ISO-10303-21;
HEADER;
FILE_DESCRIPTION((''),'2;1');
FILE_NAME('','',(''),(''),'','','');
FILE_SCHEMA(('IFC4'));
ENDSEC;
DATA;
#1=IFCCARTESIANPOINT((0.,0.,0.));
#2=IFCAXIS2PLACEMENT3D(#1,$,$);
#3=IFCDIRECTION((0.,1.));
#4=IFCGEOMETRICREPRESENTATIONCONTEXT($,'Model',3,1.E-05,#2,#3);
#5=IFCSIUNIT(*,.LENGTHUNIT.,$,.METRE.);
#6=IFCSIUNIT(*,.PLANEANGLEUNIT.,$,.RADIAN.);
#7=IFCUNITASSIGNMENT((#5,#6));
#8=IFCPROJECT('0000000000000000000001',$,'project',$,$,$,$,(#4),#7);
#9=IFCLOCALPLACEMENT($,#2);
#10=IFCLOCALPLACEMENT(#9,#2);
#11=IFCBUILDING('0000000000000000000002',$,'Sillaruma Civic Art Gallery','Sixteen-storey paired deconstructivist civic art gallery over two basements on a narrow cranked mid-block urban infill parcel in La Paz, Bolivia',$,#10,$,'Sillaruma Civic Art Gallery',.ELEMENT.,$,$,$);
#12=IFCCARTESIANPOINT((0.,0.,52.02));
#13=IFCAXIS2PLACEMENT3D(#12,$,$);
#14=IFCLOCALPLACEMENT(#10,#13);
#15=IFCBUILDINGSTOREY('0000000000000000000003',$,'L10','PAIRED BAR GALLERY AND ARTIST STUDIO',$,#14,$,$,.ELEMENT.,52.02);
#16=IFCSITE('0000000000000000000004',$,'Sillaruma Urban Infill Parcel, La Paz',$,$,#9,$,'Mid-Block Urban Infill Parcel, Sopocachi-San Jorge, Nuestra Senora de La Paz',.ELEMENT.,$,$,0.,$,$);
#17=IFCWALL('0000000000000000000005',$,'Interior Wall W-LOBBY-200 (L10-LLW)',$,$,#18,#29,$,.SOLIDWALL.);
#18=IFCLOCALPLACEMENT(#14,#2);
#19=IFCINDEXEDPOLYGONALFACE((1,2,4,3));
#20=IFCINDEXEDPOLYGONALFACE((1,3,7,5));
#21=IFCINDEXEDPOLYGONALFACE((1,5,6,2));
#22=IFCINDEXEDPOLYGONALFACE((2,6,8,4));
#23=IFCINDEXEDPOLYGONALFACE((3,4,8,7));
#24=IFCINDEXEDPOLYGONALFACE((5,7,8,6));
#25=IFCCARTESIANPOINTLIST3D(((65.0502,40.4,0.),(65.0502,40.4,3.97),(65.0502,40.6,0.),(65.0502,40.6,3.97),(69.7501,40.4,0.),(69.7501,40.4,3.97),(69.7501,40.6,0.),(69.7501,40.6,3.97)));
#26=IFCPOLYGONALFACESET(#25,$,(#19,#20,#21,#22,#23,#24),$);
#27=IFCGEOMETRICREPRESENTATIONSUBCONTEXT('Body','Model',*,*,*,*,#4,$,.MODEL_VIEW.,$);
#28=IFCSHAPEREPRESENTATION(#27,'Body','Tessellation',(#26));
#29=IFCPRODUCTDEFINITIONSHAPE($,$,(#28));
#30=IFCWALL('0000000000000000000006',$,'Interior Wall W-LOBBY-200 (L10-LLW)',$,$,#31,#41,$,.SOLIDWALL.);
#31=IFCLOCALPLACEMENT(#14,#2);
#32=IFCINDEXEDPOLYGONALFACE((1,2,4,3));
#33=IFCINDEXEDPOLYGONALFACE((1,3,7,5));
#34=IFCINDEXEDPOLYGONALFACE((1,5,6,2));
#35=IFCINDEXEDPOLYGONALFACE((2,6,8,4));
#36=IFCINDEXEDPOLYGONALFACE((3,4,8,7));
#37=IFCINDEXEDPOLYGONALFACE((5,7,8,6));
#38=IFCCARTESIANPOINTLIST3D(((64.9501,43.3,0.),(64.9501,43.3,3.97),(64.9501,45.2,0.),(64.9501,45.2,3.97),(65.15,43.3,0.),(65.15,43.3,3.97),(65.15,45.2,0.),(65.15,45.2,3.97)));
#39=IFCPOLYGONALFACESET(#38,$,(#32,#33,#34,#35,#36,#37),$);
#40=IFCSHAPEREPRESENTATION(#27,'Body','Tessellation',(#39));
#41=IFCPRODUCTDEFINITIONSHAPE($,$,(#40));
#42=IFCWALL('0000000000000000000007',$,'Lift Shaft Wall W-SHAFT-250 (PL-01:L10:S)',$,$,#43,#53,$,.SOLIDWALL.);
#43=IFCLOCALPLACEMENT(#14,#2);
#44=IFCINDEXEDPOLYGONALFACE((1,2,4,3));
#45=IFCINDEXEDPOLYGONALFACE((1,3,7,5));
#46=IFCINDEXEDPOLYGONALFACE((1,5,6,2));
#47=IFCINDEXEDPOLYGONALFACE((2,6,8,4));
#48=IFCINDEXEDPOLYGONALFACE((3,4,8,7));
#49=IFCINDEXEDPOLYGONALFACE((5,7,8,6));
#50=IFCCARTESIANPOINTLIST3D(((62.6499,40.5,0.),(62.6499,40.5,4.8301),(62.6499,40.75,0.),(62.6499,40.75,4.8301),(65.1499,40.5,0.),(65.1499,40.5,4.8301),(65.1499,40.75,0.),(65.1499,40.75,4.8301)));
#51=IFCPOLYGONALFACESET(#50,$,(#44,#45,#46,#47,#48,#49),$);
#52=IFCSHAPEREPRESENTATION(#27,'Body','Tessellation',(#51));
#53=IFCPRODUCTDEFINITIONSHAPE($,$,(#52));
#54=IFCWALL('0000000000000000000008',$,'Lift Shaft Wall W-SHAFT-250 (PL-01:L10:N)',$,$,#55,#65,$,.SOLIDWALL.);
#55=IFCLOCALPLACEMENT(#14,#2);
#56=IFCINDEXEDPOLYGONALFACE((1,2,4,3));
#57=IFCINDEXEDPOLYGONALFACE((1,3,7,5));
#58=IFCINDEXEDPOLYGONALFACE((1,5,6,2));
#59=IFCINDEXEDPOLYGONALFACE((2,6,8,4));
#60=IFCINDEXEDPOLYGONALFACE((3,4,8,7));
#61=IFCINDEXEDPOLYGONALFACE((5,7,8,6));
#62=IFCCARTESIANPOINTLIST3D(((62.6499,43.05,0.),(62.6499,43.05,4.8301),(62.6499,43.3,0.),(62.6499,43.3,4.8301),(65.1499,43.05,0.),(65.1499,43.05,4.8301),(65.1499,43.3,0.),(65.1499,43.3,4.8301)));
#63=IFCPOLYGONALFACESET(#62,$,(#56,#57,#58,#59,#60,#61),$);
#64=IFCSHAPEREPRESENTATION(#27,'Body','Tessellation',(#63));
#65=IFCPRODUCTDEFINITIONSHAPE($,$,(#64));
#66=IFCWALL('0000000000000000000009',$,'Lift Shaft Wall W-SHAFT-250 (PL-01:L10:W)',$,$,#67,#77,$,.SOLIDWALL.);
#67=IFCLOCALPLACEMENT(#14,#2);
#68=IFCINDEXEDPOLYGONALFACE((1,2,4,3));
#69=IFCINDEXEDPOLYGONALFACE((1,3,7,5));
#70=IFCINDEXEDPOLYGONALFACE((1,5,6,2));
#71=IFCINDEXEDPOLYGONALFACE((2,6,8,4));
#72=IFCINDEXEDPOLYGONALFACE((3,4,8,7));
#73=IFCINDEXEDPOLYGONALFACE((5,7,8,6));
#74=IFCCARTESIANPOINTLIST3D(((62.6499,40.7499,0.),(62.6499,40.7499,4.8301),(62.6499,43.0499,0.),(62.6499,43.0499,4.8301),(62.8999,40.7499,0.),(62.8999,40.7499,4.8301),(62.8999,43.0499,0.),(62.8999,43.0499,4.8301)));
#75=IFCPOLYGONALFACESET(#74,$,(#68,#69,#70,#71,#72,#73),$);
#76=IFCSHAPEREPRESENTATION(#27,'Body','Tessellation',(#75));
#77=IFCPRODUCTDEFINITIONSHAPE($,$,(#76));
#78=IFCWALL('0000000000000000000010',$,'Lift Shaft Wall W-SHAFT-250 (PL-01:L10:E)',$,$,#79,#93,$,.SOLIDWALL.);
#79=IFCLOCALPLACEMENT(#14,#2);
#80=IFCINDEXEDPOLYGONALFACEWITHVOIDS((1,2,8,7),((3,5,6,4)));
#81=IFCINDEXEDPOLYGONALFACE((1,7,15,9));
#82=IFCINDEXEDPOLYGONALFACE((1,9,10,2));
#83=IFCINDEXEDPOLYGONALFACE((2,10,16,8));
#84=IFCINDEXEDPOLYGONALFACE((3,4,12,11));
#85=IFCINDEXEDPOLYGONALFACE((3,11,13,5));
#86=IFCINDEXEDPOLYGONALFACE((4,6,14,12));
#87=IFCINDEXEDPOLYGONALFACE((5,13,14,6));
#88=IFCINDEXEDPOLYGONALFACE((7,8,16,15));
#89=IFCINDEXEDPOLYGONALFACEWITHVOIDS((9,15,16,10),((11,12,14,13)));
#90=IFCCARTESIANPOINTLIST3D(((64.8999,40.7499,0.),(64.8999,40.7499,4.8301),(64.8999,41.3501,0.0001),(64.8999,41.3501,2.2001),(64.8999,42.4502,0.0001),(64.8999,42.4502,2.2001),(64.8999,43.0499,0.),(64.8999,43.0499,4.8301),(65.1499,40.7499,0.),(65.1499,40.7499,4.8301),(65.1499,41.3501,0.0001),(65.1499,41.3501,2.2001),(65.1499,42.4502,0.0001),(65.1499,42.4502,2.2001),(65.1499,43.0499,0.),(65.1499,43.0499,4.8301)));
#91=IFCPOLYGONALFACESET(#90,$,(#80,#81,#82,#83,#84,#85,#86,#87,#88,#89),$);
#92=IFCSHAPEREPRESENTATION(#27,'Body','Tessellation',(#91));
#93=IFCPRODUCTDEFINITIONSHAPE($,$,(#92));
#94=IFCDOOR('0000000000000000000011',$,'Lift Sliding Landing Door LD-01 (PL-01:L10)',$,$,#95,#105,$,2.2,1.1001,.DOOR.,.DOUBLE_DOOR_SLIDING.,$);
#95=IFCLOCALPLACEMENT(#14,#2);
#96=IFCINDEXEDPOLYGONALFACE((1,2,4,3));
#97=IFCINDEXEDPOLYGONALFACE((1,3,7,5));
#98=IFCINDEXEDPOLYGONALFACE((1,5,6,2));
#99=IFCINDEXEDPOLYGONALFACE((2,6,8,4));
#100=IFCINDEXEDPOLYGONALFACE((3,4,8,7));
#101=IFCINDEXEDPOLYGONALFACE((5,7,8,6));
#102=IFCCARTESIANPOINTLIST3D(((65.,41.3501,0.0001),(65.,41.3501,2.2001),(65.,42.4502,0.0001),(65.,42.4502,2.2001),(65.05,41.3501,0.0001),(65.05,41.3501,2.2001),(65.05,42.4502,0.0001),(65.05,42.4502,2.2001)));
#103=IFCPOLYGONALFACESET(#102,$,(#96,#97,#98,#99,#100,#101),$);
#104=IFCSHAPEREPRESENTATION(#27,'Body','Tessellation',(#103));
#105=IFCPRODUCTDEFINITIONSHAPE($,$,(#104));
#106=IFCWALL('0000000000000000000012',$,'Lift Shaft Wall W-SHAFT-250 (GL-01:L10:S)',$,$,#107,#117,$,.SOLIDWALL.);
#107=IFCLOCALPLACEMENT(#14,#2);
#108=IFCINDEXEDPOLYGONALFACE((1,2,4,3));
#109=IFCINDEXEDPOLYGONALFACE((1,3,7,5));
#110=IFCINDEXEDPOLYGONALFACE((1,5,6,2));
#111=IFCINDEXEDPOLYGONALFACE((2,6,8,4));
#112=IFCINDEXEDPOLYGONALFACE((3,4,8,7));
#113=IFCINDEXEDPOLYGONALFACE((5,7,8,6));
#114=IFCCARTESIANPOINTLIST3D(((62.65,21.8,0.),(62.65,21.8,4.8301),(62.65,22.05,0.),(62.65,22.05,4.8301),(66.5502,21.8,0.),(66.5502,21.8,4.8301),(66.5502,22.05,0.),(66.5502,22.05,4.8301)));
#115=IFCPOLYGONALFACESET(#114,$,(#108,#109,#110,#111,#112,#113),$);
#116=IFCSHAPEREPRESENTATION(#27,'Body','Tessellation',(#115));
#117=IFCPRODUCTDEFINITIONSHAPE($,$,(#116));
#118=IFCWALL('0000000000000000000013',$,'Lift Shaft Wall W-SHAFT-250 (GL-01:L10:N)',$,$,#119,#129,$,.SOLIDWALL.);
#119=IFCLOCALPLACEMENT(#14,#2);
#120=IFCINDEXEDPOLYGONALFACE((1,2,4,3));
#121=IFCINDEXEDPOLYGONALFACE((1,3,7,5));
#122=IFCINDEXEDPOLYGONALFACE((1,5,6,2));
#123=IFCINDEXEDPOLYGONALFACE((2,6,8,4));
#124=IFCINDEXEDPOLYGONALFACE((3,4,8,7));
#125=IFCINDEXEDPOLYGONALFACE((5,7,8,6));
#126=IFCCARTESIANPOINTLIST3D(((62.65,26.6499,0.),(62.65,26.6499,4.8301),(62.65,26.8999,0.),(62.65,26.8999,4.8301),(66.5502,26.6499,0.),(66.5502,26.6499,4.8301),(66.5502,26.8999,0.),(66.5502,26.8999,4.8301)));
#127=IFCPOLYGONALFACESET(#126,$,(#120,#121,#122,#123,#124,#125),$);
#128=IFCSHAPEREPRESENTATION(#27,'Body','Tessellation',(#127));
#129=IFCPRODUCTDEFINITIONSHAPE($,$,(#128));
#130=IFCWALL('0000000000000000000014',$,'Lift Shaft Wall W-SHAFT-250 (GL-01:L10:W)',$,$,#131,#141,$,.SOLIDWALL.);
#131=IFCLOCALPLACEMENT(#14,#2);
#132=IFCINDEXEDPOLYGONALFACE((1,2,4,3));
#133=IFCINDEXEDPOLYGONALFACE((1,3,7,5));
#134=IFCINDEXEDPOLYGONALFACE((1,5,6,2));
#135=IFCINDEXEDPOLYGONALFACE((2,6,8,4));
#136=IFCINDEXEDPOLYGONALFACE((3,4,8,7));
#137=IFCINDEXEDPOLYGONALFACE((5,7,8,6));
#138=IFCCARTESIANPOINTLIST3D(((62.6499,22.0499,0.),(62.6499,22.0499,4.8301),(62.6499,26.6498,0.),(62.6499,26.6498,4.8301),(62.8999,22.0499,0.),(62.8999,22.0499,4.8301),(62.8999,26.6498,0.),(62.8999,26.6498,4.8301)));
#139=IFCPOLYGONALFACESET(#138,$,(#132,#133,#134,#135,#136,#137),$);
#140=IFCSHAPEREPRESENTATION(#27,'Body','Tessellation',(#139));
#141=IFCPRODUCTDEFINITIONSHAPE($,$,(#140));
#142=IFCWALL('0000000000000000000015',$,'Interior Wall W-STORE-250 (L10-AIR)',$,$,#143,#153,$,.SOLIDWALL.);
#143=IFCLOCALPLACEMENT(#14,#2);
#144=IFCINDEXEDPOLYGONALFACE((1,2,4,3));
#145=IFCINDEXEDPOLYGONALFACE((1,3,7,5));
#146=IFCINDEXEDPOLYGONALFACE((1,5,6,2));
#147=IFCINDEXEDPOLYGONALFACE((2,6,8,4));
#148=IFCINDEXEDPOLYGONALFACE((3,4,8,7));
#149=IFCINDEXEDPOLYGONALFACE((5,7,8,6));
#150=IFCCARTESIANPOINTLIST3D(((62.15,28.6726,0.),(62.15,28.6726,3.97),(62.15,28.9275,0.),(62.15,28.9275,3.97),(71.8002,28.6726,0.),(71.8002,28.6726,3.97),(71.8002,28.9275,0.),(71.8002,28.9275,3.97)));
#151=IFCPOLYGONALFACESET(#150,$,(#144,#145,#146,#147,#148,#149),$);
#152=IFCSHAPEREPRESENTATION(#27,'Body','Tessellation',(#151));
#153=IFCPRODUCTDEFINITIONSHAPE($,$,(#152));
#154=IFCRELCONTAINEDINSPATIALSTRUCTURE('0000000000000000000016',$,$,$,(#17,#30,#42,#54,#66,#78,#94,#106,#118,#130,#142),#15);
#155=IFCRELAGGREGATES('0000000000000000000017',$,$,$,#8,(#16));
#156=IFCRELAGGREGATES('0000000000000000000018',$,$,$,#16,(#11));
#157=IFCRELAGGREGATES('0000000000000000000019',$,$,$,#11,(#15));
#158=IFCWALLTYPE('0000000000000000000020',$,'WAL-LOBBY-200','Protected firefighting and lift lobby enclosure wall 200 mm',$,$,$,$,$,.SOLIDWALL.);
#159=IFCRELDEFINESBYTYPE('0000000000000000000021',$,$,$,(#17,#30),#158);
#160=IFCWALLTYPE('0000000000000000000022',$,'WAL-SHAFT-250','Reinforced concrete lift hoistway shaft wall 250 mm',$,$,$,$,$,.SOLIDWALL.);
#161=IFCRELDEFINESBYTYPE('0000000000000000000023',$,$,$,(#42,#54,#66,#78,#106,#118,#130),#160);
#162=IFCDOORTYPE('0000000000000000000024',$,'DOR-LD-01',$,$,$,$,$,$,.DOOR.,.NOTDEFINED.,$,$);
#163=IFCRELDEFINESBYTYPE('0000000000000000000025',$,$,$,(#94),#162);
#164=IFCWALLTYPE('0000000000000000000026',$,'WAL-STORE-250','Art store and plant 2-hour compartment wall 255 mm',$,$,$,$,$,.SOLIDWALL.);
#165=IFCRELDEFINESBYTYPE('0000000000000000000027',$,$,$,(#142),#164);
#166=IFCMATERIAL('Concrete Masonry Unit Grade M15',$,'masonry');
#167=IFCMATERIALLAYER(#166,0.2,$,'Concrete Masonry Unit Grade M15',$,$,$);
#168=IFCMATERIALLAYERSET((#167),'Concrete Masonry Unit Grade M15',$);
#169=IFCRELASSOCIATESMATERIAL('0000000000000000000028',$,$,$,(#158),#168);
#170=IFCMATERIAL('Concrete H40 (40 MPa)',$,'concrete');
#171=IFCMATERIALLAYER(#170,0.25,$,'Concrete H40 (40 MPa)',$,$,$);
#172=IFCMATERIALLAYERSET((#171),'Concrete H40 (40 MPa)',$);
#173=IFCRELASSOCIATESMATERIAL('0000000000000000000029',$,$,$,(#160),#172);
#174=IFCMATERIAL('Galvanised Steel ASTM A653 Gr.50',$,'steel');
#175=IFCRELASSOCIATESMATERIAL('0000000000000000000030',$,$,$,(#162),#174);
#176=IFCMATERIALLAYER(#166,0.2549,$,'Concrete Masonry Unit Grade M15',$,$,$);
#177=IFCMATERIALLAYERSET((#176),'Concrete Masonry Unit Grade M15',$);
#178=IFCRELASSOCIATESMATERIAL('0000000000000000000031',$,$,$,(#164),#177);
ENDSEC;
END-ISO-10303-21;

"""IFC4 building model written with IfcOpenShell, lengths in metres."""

from ifc_helpers import new_model, si_unit, direction, frame, frame_2d, origin, place, context, subcontext, project, spatial, rectangle, extrude, material, layer, layer_set, type_object, element, fill, save


model = new_model("IFC4")

# Units and contexts
model_context = context("Model", 3, precision=1e-05, world=origin(), true_north=direction((0.0, 1.0)))
body_context = subcontext(model_context, "Body", "Model", "MODEL_VIEW")
ifc_project = project(units=[si_unit("LENGTHUNIT", "METRE"), si_unit("PLANEANGLEUNIT", "RADIAN")], contexts=[model_context])

# Site, building, storey
site_placement = place(None, origin())
site = spatial("IfcSite", under=ifc_project, at=site_placement, Name="Sillaruma Urban Infill Parcel, La Paz", LongName="Mid-Block Urban Infill Parcel, Sopocachi-San Jorge, Nuestra Senora de La Paz", CompositionType="ELEMENT", RefElevation=0.0)
building_placement = place(site_placement, origin())
building = spatial("IfcBuilding", under=site, at=building_placement, Name="Sillaruma Civic Art Gallery", Description="Sixteen-storey paired deconstructivist civic art gallery over two basements on a narrow cranked mid-block urban infill parcel in La Paz, Bolivia", LongName="Sillaruma Civic Art Gallery", CompositionType="ELEMENT")
storey_placement = place(building_placement, frame((0.0, 0.0, 52.02)))
storey = spatial("IfcBuildingStorey", under=building, at=storey_placement, Name="L10", Description="PAIRED BAR GALLERY AND ARTIST STUDIO", CompositionType="ELEMENT", Elevation=52.02)

# Shared definitions
ifc_material_1 = material(Name="Concrete H40 (40 MPa)", Category="concrete")
ifc_material_2 = material(Name="Galvanised Steel ASTM A653 Gr.50", Category="steel")

# Walls
ifc_material_3 = material(Name="Concrete Masonry Unit Grade M15", Category="masonry")
ifc_layer_1 = layer(ifc_material_3, 0.2, Name="Concrete Masonry Unit Grade M15")
ifc_layer_set_1 = layer_set([ifc_layer_1], Name="Concrete Masonry Unit Grade M15")
wall_type_1 = type_object("IfcWallType", Name="WAL-LOBBY-200", Description="Protected firefighting and lift lobby enclosure wall 200 mm", PredefinedType="SOLIDWALL", material=ifc_layer_set_1)
wall_1_placement = place(storey_placement, frame((65.05, 40.5, 0.0), z_axis=(0.0, 0.0, 1.0), x_axis=(1.0, 0.0, 0.0)))
element("IfcWall", 1, at=wall_1_placement, inside=storey, type_object=wall_type_1, Name="Interior Wall W-LOBBY-200 (L10-LLW)", PredefinedType="SOLIDWALL", context=body_context, shape_type="SweptSolid", body=[
    extrude(rectangle(XDim=4.7, YDim=0.2, at=frame_2d((2.3501, 0.0))), origin(), (0.0, 0.0, 1.0), 3.97),
])
wall_2_placement = place(storey_placement, frame((65.05, 43.3, 0.0), z_axis=(0.0, 0.0, 1.0), x_axis=(0.0, 1.0, 0.0)))
element("IfcWall", 2, at=wall_2_placement, inside=storey, type_object=wall_type_1, Name="Interior Wall W-LOBBY-200 (L10-LLW)", PredefinedType="SOLIDWALL", context=body_context, shape_type="SweptSolid", body=[
    extrude(rectangle(XDim=1.8999, YDim=0.2, at=frame_2d((0.95, 0.0))), origin(), (0.0, 0.0, 1.0), 3.97),
])
ifc_layer_2 = layer(ifc_material_1, 0.25, Name="Concrete H40 (40 MPa)")
ifc_layer_set_2 = layer_set([ifc_layer_2], Name="Concrete H40 (40 MPa)")
wall_type_2 = type_object("IfcWallType", Name="WAL-SHAFT-250", Description="Reinforced concrete lift hoistway shaft wall 250 mm", PredefinedType="SOLIDWALL", material=ifc_layer_set_2)
for number, where, z_axis, x_axis, name in (
    (3, (62.6499, 40.625, 0.0), (0.0, 0.0, 1.0), (1.0, 0.0, 0.0), "Lift Shaft Wall W-SHAFT-250 (PL-01:L10:S)"),
    (4, (62.6499, 43.175, 0.0), (0.0, 0.0, 1.0), (1.0, 0.0, 0.0), "Lift Shaft Wall W-SHAFT-250 (PL-01:L10:N)"),
):
    element("IfcWall", number, at=place(storey_placement, frame(where, z_axis=z_axis, x_axis=x_axis)), inside=storey, type_object=wall_type_2, Name=name, PredefinedType="SOLIDWALL", context=body_context, shape_type="SweptSolid", body=[
        extrude(rectangle(XDim=2.5, YDim=0.25, at=frame_2d((1.25, 0.0))), origin(), (0.0, 0.0, 1.0), 4.8301),
    ])
wall_3_placement = place(storey_placement, frame((62.7749, 40.75, 0.0), z_axis=(0.0, 0.0, 1.0), x_axis=(0.0, 1.0, 0.0)))
element("IfcWall", 5, at=wall_3_placement, inside=storey, type_object=wall_type_2, Name="Lift Shaft Wall W-SHAFT-250 (PL-01:L10:W)", PredefinedType="SOLIDWALL", context=body_context, shape_type="SweptSolid", body=[
    extrude(rectangle(XDim=2.3, YDim=0.25, at=frame_2d((1.1499, 0.0))), origin(), (0.0, 0.0, 1.0), 4.8301),
])

# Wall, opening, door
wall_4_placement = place(storey_placement, frame((65.0249, 40.75, 0.0), z_axis=(0.0, 0.0, 1.0), x_axis=(0.0, 1.0, 0.0)))
wall_4 = element("IfcWall", 6, at=wall_4_placement, inside=storey, type_object=wall_type_2, Name="Lift Shaft Wall W-SHAFT-250 (PL-01:L10:E)", PredefinedType="SOLIDWALL", context=body_context, shape_type="SweptSolid", body=[
    extrude(rectangle(XDim=2.3, YDim=0.25, at=frame_2d((1.1499, 0.0))), origin(), (0.0, 0.0, 1.0), 4.8301),
])
opening_1_placement = place(wall_4_placement, frame((0.6001, 0.0, 0.0)))
opening_1 = element("IfcOpeningElement", 7, at=opening_1_placement, cuts=wall_4, PredefinedType="OPENING", context=body_context, shape_type="SweptSolid", body=[
    extrude(rectangle(XDim=1.1001, YDim=2.2, at=frame_2d((0.55, 1.1001))), frame((0.0, 0.135, 0.0), z_axis=(0.0, -1.0, 0.0), x_axis=(1.0, 0.0, 0.0)), (0.0, 0.0, 1.0), 0.27),
])
door_type_1 = type_object("IfcDoorType", Name="DOR-LD-01", OperationType="NOTDEFINED", PredefinedType="DOOR", material=ifc_material_2)
door_1_placement = place(opening_1_placement, origin())
door_1 = element("IfcDoor", 8, at=door_1_placement, inside=storey, type_object=door_type_1, Name="Lift Sliding Landing Door LD-01 (PL-01:L10)", OperationType="DOUBLE_DOOR_SLIDING", OverallHeight=2.2, OverallWidth=1.1001, PredefinedType="DOOR", context=body_context, shape_type="SweptSolid", body=[
    extrude(rectangle(XDim=1.1001, YDim=2.2, at=frame_2d((0.55, 1.1001))), frame((0.0, 0.0249, 0.0), z_axis=(0.0, -1.0, 0.0), x_axis=(1.0, 0.0, 0.0)), (0.0, 0.0, 1.0), 0.05),
])
fill(opening_1, door_1)

# Walls
for number, where, z_axis, x_axis, name in (
    (9, (62.6499, 21.925, 0.0), (0.0, 0.0, 1.0), (1.0, 0.0, 0.0), "Lift Shaft Wall W-SHAFT-250 (GL-01:L10:S)"),
    (10, (62.6499, 26.7749, 0.0), (0.0, 0.0, 1.0), (1.0, 0.0, 0.0), "Lift Shaft Wall W-SHAFT-250 (GL-01:L10:N)"),
):
    element("IfcWall", number, at=place(storey_placement, frame(where, z_axis=z_axis, x_axis=x_axis)), inside=storey, type_object=wall_type_2, Name=name, PredefinedType="SOLIDWALL", context=body_context, shape_type="SweptSolid", body=[
        extrude(rectangle(XDim=3.9001, YDim=0.25, at=frame_2d((1.9502, 0.0))), origin(), (0.0, 0.0, 1.0), 4.8301),
    ])
wall_5_placement = place(storey_placement, frame((62.7749, 22.05, 0.0), z_axis=(0.0, 0.0, 1.0), x_axis=(0.0, 1.0, 0.0)))
element("IfcWall", 11, at=wall_5_placement, inside=storey, type_object=wall_type_2, Name="Lift Shaft Wall W-SHAFT-250 (GL-01:L10:W)", PredefinedType="SOLIDWALL", context=body_context, shape_type="SweptSolid", body=[
    extrude(rectangle(XDim=4.5999, YDim=0.25, at=frame_2d((2.2998, 0.0))), origin(), (0.0, 0.0, 1.0), 4.8301),
])
ifc_layer_3 = layer(ifc_material_3, 0.2549, Name="Concrete Masonry Unit Grade M15")
ifc_layer_set_3 = layer_set([ifc_layer_3], Name="Concrete Masonry Unit Grade M15")
wall_type_3 = type_object("IfcWallType", Name="WAL-STORE-250", Description="Art store and plant 2-hour compartment wall 255 mm", PredefinedType="SOLIDWALL", material=ifc_layer_set_3)
wall_6_placement = place(storey_placement, frame((62.1499, 28.8, 0.0), z_axis=(0.0, 0.0, 1.0), x_axis=(1.0, 0.0, 0.0)))
element("IfcWall", 12, at=wall_6_placement, inside=storey, type_object=wall_type_3, Name="Interior Wall W-STORE-250 (L10-AIR)", PredefinedType="SOLIDWALL", context=body_context, shape_type="SweptSolid", body=[
    extrude(rectangle(XDim=9.6501, YDim=0.2549, at=frame_2d((4.8252, 0.0))), origin(), (0.0, 0.0, 1.0), 3.97),
])

save(model, "model.ifc")
